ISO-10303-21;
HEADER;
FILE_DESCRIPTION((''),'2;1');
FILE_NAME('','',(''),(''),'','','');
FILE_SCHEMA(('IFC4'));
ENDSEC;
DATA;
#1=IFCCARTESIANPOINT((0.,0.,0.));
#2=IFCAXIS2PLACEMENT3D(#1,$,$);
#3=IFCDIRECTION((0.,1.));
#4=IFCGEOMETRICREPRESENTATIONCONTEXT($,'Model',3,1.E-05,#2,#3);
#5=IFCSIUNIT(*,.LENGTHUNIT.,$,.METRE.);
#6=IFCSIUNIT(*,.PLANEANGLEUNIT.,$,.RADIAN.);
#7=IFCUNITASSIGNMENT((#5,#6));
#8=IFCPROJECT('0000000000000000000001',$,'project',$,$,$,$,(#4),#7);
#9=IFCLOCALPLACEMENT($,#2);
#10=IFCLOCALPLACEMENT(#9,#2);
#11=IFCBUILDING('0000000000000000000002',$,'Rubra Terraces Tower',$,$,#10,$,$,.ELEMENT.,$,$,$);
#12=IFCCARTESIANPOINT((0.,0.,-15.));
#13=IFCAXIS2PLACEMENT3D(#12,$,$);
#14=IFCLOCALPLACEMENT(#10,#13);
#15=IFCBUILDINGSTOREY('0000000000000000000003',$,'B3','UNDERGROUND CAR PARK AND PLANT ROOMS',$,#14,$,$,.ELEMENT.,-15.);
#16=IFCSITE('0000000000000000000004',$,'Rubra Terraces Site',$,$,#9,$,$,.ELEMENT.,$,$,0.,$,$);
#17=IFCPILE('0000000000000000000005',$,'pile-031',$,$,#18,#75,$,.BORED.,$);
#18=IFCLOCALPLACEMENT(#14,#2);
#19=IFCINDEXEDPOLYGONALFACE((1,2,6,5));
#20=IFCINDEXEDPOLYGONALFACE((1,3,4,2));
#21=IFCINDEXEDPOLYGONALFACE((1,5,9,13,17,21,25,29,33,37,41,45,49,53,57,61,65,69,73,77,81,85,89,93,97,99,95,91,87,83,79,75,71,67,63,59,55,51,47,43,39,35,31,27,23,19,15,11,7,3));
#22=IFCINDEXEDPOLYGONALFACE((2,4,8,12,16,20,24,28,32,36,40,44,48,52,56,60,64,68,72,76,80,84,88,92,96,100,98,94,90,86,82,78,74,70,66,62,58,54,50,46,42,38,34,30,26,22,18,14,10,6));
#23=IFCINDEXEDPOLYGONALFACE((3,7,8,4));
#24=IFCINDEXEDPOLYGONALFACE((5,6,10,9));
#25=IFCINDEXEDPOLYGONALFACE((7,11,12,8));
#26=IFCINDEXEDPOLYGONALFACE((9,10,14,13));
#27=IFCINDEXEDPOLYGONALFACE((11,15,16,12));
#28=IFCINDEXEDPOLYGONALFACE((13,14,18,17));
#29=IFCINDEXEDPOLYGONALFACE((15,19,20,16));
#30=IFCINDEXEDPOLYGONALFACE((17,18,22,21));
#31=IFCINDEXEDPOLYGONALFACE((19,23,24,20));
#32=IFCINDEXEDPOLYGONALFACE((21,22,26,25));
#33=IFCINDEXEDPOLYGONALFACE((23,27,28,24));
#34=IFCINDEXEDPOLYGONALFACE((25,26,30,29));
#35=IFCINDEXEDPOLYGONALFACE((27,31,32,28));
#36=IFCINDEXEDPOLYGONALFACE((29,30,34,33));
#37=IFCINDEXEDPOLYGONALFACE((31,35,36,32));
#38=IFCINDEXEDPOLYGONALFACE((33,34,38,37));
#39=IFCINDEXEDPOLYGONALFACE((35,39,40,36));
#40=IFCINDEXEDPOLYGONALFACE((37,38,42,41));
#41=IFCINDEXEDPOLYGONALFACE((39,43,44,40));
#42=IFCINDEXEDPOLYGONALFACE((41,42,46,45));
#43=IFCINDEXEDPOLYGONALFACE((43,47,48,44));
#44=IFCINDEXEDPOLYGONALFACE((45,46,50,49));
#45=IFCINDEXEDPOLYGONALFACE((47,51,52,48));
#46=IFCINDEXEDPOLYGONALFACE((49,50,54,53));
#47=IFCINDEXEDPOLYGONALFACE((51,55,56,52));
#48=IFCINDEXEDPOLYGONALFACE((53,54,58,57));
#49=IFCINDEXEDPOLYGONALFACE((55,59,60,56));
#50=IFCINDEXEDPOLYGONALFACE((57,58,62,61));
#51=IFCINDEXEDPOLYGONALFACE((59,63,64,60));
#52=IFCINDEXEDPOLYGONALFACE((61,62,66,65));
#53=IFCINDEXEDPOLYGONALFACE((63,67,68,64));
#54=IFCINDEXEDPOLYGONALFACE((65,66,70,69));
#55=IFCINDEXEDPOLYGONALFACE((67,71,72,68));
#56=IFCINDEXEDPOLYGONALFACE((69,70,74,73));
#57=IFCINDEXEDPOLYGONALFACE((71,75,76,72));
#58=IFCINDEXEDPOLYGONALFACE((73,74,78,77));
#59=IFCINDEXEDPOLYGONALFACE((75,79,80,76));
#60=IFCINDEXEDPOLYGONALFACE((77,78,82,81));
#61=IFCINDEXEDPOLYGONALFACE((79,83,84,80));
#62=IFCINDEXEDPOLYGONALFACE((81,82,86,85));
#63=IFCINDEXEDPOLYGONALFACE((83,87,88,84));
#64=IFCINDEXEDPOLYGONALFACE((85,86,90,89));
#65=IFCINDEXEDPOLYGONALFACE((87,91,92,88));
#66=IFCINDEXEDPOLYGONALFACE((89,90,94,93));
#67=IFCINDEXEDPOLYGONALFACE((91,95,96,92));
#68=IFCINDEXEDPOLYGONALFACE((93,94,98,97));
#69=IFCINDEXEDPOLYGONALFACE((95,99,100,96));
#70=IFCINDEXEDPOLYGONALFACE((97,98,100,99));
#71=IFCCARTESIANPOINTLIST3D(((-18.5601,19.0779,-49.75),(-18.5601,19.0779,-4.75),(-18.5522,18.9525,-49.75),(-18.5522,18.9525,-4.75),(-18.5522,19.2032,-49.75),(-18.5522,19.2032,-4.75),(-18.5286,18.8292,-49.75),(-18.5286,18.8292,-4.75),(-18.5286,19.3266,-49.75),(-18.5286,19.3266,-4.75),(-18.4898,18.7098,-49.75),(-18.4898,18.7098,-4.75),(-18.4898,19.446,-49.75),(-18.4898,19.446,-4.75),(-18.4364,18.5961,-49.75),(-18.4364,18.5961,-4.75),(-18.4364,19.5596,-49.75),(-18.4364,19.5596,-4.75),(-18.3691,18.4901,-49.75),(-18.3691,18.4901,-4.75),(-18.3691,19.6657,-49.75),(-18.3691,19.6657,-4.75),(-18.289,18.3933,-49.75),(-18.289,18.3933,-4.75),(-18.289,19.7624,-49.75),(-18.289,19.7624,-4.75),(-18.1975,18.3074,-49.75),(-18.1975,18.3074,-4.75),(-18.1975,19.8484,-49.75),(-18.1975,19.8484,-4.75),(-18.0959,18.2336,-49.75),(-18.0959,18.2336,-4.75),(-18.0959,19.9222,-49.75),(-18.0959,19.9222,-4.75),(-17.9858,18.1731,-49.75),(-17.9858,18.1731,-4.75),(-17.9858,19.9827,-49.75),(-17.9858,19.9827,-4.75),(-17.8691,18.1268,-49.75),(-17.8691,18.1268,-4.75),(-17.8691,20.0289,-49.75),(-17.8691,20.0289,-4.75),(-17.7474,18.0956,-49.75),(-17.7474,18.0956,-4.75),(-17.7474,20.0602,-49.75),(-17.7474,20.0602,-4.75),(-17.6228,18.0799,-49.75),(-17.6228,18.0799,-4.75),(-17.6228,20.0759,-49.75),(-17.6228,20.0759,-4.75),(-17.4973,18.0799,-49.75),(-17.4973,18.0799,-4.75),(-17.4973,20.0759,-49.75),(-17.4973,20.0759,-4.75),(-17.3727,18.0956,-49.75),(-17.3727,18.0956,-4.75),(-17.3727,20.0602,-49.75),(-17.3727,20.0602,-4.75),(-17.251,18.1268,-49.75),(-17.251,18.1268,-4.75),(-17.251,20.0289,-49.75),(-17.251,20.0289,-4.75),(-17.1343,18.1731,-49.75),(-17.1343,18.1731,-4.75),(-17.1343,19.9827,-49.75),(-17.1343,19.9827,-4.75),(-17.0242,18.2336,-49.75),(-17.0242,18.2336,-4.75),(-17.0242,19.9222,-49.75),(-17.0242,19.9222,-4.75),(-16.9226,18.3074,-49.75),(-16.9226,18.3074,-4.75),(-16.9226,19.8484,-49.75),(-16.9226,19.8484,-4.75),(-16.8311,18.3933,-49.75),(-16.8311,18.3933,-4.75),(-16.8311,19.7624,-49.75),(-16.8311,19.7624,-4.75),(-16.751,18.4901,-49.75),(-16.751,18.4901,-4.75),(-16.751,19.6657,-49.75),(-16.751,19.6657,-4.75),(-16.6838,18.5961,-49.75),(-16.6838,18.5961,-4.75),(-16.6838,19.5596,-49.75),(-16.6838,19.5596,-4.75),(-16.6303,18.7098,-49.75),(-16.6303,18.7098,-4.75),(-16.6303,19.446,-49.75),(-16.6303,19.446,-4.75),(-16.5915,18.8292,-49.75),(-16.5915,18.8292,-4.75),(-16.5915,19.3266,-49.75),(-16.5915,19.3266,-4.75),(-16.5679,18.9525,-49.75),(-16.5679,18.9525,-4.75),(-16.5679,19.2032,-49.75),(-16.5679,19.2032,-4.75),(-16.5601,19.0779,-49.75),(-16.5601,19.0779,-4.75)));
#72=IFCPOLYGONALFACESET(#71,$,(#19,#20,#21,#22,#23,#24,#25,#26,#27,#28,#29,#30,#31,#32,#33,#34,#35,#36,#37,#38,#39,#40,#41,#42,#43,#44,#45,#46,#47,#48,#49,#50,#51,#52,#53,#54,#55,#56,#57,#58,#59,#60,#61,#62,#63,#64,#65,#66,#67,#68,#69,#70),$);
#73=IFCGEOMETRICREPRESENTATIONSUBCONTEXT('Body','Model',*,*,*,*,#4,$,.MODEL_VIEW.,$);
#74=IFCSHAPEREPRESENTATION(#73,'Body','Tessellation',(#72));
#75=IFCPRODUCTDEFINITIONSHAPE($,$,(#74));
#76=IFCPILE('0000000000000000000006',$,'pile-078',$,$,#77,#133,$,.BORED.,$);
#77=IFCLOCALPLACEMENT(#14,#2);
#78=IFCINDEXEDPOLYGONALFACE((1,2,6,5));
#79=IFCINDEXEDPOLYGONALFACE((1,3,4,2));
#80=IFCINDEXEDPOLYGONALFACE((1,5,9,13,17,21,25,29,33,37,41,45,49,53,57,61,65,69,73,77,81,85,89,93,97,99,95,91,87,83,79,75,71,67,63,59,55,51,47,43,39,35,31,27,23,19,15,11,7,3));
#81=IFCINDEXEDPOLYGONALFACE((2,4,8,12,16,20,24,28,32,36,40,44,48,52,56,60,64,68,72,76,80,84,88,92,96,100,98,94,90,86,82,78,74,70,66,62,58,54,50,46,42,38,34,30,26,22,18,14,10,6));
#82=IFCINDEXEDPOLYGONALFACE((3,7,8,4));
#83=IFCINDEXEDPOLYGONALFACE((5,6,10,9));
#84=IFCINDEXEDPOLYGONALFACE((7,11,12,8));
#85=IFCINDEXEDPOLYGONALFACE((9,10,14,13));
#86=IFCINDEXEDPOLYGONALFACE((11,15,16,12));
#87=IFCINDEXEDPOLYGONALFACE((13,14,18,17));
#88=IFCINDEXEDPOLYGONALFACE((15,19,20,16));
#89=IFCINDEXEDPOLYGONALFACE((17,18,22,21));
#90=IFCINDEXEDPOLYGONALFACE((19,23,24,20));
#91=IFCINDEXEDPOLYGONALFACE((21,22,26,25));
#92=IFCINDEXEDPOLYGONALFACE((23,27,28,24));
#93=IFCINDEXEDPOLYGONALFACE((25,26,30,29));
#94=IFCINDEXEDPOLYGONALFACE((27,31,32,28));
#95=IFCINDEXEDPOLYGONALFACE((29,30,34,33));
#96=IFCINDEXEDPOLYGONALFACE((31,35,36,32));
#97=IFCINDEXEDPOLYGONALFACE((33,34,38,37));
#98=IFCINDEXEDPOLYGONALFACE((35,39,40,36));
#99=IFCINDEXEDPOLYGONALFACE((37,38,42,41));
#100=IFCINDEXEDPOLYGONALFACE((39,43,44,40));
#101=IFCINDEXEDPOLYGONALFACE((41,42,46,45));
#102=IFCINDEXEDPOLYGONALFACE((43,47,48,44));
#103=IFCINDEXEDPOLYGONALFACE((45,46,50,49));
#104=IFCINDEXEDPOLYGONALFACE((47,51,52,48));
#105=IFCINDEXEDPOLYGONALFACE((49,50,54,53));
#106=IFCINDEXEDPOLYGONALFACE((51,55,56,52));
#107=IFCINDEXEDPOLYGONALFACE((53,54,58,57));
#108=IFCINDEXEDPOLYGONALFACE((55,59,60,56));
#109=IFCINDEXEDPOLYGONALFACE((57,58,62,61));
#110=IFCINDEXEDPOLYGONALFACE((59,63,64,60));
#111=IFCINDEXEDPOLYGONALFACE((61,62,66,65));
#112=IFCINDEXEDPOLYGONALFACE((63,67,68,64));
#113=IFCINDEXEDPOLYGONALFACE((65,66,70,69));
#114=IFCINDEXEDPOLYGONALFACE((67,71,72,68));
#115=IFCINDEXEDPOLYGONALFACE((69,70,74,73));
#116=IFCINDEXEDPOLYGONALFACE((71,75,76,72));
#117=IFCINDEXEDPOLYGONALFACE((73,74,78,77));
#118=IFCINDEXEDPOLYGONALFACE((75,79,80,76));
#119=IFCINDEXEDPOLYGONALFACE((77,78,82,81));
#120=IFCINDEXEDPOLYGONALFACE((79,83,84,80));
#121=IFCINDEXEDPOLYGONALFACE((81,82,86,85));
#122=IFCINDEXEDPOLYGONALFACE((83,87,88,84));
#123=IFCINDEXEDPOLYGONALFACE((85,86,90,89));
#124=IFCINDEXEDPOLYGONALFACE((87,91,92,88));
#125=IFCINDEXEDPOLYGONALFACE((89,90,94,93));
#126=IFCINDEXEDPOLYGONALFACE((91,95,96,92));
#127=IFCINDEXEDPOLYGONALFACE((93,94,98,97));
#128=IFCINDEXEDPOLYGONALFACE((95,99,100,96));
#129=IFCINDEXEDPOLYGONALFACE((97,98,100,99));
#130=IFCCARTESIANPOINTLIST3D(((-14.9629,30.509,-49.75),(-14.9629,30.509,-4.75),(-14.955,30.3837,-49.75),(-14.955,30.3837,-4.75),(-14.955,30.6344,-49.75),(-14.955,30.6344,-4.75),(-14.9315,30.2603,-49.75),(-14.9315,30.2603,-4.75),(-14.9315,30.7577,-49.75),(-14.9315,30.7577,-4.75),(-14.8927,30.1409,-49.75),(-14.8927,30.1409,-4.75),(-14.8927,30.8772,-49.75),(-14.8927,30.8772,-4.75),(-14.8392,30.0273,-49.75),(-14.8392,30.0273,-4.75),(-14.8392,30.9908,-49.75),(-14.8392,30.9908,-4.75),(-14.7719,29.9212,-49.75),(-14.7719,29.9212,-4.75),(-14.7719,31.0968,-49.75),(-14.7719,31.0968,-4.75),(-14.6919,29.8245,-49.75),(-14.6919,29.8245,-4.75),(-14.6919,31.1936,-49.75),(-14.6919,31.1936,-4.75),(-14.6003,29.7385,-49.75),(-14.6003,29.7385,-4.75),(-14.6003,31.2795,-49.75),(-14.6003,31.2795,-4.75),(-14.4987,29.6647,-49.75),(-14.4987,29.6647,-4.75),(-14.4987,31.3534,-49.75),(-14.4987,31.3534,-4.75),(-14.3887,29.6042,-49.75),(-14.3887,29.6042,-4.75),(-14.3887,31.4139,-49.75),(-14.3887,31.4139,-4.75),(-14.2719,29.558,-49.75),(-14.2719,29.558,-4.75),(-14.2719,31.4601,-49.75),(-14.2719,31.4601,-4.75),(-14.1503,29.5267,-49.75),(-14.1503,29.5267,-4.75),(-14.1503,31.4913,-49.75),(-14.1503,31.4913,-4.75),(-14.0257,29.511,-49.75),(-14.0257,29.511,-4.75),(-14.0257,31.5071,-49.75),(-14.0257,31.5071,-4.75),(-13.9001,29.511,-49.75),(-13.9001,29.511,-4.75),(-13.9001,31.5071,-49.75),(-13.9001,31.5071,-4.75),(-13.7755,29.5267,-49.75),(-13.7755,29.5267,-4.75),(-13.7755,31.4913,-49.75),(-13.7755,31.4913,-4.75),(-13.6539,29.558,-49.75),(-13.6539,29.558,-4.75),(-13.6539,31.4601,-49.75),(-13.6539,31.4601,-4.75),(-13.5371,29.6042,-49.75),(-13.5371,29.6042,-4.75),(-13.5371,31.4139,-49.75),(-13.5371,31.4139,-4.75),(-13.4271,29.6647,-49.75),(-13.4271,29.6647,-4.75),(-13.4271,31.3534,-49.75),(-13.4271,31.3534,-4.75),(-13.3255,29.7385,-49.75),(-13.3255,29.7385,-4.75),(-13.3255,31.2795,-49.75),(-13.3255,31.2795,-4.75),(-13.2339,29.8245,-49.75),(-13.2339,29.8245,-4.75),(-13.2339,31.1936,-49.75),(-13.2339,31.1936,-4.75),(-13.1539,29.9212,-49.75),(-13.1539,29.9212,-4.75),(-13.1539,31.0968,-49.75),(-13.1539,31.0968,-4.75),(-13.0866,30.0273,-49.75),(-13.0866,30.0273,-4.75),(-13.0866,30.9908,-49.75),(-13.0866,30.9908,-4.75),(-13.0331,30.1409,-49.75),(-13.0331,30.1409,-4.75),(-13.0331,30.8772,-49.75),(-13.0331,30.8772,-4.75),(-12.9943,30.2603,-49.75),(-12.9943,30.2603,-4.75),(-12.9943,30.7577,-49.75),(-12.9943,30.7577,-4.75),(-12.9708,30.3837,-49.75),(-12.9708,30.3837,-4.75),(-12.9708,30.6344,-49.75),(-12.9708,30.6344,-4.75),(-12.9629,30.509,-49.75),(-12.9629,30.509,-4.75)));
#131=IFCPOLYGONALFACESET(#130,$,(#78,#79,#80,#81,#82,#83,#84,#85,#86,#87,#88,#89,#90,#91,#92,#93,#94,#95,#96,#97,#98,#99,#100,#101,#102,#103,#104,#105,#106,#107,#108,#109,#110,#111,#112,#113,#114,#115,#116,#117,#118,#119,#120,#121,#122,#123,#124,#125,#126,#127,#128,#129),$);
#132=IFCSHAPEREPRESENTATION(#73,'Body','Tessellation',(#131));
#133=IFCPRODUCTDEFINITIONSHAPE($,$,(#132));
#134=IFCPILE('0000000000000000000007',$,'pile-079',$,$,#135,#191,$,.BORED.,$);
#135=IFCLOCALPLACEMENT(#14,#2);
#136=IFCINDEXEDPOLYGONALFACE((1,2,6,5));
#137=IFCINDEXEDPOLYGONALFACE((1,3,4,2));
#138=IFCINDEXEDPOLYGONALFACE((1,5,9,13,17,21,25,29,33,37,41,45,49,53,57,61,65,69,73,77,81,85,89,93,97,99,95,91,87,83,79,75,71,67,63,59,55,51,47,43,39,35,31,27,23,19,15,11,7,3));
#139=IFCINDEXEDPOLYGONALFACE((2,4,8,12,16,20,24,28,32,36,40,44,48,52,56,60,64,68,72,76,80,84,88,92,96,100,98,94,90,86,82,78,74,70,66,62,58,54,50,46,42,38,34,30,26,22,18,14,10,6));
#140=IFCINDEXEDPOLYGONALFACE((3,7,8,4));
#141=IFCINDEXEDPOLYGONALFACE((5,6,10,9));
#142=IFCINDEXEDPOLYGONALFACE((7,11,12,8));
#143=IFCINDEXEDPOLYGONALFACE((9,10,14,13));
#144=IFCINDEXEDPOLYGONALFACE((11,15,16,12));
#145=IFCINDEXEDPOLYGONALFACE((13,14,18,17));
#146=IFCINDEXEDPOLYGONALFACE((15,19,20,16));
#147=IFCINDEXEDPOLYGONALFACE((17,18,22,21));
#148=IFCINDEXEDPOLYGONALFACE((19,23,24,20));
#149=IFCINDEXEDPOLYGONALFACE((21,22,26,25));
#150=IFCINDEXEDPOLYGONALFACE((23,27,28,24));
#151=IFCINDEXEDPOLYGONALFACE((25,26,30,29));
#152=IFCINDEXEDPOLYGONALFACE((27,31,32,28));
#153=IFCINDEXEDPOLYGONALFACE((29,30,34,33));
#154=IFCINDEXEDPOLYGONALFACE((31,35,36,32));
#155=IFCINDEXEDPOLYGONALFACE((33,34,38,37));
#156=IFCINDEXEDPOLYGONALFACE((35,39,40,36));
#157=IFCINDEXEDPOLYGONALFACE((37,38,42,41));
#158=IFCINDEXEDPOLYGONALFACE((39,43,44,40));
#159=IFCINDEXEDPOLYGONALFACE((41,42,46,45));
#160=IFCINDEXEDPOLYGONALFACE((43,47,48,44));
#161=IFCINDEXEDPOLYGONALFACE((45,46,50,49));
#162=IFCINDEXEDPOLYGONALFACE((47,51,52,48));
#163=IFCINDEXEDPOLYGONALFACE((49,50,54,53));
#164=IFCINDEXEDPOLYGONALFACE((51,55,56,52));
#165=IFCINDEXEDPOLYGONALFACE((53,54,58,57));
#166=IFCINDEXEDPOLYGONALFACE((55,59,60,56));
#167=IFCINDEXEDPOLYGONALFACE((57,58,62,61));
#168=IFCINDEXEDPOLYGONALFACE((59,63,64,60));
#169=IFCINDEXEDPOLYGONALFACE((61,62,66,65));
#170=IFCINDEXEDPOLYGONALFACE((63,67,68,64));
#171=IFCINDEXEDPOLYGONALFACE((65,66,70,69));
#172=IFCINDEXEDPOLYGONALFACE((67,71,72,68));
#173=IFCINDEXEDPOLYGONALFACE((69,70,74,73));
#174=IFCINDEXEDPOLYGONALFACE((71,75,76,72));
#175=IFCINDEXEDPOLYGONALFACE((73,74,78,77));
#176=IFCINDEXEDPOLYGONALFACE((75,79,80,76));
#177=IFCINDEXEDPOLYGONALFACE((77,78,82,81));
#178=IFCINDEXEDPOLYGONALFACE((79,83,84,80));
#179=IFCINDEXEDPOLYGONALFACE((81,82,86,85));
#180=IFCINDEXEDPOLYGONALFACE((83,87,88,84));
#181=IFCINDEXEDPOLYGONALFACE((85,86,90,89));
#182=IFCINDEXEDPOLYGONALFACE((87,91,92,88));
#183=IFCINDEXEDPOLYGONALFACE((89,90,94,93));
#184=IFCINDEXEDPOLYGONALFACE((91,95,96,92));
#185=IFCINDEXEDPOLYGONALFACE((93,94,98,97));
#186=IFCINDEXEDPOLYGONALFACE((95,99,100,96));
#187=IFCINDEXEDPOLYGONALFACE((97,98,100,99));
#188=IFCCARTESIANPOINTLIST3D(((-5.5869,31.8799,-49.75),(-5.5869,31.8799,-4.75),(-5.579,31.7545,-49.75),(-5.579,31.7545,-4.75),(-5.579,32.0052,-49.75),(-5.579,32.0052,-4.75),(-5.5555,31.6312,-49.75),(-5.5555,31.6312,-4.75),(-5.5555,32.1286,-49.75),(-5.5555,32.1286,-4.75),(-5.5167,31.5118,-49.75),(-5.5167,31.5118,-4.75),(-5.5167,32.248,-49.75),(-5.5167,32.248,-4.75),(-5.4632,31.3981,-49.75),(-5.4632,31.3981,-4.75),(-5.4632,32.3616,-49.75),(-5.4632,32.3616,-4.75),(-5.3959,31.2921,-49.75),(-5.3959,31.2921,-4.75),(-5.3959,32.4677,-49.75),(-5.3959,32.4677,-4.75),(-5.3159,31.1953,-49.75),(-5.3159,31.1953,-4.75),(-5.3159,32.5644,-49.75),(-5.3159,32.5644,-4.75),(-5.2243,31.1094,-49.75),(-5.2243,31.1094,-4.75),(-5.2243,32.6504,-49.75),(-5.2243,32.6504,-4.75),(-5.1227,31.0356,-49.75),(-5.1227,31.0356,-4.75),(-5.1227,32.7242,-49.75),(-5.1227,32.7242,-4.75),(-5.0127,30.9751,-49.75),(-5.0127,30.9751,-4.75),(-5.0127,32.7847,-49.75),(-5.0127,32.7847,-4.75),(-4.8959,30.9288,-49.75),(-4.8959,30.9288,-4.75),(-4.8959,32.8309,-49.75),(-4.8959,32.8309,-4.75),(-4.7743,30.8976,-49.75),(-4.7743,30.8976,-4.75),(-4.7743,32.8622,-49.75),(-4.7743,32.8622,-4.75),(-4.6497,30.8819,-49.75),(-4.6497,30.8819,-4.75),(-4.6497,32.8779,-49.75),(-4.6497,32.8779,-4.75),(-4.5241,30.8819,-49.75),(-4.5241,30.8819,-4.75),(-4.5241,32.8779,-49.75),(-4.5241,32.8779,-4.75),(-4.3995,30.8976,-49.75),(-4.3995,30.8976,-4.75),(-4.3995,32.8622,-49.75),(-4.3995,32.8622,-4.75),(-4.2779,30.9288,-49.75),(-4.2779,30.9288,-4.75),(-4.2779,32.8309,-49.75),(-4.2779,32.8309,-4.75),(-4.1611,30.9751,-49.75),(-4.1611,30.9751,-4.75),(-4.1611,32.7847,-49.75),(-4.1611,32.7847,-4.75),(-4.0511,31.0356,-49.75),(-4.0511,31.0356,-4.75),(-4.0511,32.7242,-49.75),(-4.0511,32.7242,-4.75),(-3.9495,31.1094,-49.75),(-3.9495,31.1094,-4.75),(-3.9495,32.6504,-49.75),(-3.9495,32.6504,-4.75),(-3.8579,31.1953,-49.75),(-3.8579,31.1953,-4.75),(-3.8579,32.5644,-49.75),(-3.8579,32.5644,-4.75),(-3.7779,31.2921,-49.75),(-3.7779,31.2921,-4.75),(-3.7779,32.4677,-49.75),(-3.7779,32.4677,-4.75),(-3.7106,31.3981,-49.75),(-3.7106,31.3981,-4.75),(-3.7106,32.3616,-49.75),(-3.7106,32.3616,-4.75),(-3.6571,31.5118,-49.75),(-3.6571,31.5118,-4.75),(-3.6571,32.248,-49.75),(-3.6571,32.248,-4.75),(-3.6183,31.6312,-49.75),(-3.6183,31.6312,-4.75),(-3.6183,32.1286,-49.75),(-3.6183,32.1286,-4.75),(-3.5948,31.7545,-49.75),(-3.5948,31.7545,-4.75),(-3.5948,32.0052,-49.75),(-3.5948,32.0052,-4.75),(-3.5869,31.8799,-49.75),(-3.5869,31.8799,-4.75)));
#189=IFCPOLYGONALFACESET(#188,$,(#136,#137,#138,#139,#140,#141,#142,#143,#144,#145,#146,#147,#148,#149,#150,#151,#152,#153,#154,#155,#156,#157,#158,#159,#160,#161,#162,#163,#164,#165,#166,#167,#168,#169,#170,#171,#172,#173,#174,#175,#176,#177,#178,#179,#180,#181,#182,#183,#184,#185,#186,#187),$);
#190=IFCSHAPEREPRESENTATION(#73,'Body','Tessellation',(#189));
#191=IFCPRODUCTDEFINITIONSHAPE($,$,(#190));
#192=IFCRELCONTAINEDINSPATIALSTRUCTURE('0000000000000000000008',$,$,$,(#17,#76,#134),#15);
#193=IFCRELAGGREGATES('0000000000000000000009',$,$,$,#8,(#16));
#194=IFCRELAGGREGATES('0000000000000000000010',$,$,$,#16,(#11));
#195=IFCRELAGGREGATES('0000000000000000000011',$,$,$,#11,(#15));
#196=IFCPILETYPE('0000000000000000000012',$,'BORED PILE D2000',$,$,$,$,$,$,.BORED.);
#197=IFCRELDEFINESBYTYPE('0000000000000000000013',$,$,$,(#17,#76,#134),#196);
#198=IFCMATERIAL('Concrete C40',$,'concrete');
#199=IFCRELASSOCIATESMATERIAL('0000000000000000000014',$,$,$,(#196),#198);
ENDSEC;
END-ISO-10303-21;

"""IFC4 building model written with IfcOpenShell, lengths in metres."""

from ifc_helpers import new_model, si_unit, direction, frame, origin, origin_2d, place, context, subcontext, project, spatial, circle, extrude, material, material_profile, profile_set, type_object, element, save


model = new_model("IFC4")

# Units and contexts
model_context = context("Model", 3, precision=1e-05, world=origin(), true_north=direction((0.0, 1.0)))
body_context = subcontext(model_context, "Body", "Model", "MODEL_VIEW")
ifc_project = project(units=[si_unit("LENGTHUNIT", "METRE"), si_unit("PLANEANGLEUNIT", "RADIAN")], contexts=[model_context])

# Site, building, storey
site_placement = place(None, origin())
site = spatial("IfcSite", under=ifc_project, at=site_placement, Name="Rubra Terraces Site", CompositionType="ELEMENT", RefElevation=0.0)
building_placement = place(site_placement, origin())
building = spatial("IfcBuilding", under=site, at=building_placement, Name="Rubra Terraces Tower", CompositionType="ELEMENT")
storey_placement = place(building_placement, frame((0.0, 0.0, -15.0)))
storey = spatial("IfcBuildingStorey", under=building, at=storey_placement, Name="B3", Description="UNDERGROUND CAR PARK AND PLANT ROOMS", CompositionType="ELEMENT", Elevation=-15.0)

# Piles
ifc_material_1 = material(Name="Concrete C40", Category="concrete")
ifc_material_profile_1 = material_profile(ifc_material_1, circle(Radius=1.0, at=origin_2d()), Name="BORED PILE D2000")
ifc_profile_set_1 = profile_set([ifc_material_profile_1], Name="Concrete C40")
pile_type = type_object("IfcPileType", Name="BORED PILE D2000", PredefinedType="BORED", material=ifc_profile_set_1)
for number, where, z_axis, x_axis, name in (
    (1, (-17.5601, 19.0779, -4.75), (0.0, 0.0, -1.0), (1.0, 0.0, 0.0), "pile-031"),
    (2, (-13.9629, 30.509, -4.75), (0.0, 0.0, -1.0), (1.0, 0.0, 0.0), "pile-078"),
    (3, (-4.5869, 31.8799, -4.75), (0.0, 0.0, -1.0), (1.0, 0.0, 0.0), "pile-079"),
):
    element("IfcPile", number, at=place(storey_placement, frame(where, z_axis=z_axis, x_axis=x_axis)), inside=storey, type_object=pile_type, Name=name, PredefinedType="BORED", context=body_context, shape_type="SweptSolid", body=[
        extrude(circle(Radius=1.0, at=origin_2d()), origin(), (0.0, 0.0, 1.0), 45.0),
    ])

save(model, "model.ifc")
